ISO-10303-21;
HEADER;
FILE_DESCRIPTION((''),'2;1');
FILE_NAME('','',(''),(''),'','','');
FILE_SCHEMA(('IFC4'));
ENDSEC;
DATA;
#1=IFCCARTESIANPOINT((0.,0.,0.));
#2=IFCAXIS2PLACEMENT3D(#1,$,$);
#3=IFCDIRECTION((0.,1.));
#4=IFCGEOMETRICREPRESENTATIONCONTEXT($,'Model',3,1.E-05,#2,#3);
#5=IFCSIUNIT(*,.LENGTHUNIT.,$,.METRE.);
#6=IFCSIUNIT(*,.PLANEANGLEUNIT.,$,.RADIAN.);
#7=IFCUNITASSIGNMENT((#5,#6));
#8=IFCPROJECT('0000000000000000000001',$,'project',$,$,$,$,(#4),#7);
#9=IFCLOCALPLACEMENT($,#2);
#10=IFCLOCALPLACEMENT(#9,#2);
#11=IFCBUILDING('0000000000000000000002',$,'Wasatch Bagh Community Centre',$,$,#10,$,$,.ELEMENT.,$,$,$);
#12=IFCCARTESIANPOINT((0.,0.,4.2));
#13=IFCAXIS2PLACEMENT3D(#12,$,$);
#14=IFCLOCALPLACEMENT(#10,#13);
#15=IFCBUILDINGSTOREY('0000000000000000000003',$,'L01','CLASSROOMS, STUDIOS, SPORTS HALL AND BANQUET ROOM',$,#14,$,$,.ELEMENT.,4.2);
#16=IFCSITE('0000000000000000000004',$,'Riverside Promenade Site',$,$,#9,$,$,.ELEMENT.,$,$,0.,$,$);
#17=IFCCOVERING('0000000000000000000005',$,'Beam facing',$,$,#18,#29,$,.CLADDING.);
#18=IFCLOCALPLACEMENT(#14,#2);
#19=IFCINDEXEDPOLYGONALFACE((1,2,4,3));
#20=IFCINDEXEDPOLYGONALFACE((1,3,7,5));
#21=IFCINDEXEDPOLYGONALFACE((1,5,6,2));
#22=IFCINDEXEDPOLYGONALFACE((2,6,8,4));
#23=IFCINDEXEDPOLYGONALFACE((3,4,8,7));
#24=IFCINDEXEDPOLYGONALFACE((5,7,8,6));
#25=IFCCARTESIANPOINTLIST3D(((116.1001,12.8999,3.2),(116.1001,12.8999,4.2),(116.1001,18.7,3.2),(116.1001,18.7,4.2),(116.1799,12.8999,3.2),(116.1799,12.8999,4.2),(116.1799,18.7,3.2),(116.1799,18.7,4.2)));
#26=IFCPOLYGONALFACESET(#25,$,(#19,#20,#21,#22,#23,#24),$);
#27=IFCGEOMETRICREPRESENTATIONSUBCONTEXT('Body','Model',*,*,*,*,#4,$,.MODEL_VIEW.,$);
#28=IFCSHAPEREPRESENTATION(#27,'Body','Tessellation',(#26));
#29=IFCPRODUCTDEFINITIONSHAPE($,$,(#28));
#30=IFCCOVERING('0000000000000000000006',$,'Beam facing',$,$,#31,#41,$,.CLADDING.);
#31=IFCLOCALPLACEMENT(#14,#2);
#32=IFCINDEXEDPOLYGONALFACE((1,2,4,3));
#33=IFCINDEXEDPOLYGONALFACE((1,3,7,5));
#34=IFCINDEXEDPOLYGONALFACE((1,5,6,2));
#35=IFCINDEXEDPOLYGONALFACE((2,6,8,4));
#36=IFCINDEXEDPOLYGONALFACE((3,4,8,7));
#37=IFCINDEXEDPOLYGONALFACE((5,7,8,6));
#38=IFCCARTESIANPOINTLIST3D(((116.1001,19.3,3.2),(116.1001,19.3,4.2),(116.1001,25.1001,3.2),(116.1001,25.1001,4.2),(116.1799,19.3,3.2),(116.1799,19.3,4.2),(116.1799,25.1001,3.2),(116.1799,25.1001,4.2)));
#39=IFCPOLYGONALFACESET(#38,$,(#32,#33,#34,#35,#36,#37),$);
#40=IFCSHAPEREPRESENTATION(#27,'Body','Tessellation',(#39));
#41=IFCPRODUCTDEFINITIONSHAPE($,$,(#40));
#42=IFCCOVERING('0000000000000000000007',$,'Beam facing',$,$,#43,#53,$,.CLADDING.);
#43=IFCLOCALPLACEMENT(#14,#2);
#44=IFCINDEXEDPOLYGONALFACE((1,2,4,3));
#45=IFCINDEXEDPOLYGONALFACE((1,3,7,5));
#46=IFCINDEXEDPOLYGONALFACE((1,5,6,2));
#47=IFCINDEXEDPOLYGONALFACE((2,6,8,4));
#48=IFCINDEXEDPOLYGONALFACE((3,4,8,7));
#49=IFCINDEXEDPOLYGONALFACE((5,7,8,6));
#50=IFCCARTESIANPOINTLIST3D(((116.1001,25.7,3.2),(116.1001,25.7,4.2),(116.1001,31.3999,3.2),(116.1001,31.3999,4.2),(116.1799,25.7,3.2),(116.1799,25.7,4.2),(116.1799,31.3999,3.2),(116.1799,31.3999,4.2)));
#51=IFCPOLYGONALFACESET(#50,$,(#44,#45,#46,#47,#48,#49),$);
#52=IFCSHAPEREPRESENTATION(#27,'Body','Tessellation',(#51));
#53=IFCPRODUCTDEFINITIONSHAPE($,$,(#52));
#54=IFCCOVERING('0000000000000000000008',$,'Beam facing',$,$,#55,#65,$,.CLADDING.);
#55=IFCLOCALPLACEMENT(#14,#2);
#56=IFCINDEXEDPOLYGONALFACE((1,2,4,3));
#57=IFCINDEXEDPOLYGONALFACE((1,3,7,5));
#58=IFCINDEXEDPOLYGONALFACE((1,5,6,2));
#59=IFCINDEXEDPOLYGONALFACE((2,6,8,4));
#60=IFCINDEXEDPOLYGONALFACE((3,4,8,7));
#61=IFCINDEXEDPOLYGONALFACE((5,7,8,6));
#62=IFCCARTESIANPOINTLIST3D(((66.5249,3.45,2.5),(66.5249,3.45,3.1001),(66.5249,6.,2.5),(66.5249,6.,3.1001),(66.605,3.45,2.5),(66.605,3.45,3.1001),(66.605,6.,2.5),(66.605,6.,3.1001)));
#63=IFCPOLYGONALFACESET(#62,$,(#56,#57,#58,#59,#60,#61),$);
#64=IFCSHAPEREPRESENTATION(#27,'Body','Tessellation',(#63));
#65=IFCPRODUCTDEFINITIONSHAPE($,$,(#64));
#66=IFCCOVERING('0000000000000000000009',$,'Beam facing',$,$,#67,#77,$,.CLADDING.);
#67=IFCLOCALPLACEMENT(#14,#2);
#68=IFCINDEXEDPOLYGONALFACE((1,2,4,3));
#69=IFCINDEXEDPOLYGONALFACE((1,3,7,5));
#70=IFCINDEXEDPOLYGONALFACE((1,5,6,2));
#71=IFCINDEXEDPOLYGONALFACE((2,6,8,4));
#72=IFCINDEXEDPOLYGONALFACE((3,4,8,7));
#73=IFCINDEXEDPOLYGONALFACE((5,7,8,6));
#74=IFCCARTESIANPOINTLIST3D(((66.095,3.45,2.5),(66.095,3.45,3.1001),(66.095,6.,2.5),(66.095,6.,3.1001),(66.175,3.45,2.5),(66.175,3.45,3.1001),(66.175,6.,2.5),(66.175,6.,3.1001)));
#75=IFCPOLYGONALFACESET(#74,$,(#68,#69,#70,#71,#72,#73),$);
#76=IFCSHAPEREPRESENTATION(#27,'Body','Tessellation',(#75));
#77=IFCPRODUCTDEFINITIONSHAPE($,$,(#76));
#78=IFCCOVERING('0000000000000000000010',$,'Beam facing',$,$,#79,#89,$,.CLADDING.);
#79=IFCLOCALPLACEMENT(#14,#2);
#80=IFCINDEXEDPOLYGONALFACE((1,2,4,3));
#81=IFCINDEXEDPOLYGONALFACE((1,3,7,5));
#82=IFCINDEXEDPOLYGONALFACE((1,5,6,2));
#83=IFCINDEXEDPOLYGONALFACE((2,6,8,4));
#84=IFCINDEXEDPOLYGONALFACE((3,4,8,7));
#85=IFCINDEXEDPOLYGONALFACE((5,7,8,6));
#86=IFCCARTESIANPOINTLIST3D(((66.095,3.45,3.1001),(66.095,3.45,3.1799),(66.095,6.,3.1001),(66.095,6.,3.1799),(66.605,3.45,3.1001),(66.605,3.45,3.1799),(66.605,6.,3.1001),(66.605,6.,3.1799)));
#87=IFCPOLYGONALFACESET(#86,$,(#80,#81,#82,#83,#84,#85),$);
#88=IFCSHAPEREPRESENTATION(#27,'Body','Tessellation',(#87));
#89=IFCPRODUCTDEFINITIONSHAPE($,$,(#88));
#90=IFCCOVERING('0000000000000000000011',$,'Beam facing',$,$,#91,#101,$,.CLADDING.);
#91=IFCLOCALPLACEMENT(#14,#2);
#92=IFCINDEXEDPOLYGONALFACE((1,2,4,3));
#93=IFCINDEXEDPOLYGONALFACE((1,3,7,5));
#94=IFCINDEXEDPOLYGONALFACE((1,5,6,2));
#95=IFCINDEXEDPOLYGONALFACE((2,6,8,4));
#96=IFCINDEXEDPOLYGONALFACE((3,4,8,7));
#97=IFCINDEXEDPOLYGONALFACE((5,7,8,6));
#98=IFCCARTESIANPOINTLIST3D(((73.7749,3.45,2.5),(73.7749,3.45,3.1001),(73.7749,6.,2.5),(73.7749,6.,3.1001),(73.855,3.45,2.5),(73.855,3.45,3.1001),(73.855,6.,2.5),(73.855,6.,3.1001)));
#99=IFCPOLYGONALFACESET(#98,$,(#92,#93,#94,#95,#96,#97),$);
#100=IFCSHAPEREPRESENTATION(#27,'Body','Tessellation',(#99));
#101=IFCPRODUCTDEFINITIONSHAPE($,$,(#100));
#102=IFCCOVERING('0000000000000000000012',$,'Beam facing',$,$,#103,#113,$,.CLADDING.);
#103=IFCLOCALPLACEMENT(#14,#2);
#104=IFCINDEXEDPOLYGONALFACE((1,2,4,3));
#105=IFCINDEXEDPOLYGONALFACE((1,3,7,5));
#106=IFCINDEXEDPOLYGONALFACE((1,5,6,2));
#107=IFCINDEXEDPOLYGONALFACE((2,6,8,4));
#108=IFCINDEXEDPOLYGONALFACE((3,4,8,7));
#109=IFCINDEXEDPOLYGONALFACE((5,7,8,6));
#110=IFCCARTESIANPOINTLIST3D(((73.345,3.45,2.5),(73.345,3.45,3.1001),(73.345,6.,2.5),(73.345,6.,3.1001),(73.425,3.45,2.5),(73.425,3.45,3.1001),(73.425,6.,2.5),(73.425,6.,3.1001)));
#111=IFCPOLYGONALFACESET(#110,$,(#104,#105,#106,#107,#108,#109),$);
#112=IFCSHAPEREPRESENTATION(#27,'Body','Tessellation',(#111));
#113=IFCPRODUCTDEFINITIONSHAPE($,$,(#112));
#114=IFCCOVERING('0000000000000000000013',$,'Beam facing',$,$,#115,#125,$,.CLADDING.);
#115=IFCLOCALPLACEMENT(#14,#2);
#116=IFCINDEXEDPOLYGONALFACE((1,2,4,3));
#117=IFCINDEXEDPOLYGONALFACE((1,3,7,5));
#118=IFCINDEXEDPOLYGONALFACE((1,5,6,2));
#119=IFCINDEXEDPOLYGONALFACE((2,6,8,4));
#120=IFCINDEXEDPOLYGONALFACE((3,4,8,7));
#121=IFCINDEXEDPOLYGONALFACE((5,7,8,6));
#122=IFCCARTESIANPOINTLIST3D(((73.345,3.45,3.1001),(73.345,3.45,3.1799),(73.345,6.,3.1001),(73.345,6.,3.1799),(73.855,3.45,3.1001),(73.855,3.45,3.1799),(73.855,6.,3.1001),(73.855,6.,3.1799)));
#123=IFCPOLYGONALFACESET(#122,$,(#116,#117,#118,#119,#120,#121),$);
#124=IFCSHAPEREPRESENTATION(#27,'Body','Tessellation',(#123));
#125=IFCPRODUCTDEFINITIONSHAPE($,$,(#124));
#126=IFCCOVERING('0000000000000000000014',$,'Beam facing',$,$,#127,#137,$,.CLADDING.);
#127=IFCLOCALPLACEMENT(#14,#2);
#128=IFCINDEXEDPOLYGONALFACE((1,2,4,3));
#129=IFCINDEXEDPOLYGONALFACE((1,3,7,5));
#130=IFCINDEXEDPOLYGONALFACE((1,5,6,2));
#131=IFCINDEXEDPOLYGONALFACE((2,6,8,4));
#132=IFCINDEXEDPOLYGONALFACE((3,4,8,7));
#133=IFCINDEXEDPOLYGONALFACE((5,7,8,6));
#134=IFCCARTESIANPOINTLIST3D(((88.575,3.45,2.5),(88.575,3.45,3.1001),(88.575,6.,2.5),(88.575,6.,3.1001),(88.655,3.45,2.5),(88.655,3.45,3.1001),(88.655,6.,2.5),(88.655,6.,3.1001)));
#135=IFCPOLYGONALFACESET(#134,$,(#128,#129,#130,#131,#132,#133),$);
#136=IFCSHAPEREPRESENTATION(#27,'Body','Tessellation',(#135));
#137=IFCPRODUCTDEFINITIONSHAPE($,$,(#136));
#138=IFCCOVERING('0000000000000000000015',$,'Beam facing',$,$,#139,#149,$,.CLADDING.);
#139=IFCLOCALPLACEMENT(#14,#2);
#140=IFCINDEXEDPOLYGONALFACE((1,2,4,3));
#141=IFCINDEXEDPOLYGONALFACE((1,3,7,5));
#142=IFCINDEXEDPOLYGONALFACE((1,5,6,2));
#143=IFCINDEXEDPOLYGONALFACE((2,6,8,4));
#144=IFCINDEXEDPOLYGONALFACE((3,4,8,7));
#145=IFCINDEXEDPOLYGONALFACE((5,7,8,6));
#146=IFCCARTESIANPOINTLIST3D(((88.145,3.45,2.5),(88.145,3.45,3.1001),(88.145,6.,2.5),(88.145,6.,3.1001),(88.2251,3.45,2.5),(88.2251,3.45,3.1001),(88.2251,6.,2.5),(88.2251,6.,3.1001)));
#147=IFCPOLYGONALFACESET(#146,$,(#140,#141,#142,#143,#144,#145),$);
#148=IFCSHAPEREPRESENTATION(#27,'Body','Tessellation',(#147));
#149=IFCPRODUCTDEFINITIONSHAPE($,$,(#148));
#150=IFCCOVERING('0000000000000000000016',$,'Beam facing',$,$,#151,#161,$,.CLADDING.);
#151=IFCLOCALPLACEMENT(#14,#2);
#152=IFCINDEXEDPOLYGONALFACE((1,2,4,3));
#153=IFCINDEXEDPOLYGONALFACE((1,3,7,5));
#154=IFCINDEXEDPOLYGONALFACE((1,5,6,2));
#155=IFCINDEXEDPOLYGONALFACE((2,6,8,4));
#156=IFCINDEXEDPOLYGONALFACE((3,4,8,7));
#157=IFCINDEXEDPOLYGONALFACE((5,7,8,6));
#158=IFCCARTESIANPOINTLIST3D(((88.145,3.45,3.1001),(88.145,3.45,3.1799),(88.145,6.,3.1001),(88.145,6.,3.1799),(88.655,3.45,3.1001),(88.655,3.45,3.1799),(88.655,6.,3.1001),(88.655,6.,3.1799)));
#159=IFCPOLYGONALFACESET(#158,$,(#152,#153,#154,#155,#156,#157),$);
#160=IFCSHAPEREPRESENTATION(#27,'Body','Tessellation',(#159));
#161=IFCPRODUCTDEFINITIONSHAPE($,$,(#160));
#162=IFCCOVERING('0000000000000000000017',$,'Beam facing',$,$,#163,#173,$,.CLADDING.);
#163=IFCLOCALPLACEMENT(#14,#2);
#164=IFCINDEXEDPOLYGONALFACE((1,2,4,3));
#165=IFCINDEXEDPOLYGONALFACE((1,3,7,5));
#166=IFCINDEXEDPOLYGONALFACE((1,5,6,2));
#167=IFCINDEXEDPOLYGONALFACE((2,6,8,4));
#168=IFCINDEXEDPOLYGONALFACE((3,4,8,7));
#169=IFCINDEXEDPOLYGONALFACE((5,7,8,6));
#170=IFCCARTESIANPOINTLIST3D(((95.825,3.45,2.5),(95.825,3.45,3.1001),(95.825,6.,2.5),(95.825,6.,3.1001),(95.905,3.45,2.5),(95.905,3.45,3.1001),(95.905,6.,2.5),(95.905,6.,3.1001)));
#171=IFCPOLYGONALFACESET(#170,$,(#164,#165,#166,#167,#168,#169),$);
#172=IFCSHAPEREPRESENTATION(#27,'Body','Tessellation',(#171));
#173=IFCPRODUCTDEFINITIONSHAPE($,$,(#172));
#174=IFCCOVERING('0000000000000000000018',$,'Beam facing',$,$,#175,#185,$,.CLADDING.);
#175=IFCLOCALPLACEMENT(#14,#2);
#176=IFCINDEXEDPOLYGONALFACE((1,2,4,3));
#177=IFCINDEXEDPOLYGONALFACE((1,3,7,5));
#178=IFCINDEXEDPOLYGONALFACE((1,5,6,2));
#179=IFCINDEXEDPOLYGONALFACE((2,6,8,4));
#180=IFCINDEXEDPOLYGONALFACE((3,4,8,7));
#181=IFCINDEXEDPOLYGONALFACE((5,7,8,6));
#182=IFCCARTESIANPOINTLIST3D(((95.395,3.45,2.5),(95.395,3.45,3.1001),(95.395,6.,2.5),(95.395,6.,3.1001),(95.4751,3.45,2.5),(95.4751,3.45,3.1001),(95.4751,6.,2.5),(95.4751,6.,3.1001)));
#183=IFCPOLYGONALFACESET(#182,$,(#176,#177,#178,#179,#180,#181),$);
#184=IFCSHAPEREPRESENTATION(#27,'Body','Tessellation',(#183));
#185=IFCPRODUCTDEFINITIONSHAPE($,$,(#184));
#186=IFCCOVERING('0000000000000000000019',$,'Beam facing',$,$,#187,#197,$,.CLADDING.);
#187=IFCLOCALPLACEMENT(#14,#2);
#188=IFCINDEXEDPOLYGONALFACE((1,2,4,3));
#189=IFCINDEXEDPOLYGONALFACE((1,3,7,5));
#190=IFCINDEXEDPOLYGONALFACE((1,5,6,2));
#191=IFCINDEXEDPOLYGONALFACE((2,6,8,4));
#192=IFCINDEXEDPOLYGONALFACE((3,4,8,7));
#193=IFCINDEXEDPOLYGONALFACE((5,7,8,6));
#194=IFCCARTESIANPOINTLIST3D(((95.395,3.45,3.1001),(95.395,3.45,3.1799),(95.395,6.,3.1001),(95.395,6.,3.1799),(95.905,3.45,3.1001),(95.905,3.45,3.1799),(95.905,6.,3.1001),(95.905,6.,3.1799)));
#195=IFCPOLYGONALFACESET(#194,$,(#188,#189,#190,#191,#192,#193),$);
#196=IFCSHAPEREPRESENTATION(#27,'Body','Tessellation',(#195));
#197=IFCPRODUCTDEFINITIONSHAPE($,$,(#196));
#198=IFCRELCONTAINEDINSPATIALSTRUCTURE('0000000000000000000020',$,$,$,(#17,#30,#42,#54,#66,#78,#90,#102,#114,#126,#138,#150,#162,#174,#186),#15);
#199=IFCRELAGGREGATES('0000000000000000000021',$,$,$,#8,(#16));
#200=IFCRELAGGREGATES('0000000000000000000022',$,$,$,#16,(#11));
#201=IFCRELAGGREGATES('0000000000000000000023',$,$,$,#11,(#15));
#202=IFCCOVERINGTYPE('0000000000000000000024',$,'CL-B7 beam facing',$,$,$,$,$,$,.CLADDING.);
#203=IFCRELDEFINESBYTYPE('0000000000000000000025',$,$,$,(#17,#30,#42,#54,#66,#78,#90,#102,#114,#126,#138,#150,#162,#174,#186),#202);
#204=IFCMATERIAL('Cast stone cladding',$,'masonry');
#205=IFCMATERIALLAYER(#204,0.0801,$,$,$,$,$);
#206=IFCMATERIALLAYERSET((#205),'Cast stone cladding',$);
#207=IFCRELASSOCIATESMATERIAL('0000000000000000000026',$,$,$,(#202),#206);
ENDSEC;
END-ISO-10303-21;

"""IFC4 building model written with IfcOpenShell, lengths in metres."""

from ifc_helpers import new_model, si_unit, direction, frame, origin, place, context, subcontext, project, spatial, polyline, outline, extrude, material, layer, layer_set, type_object, element, save


model = new_model("IFC4")

# Units and contexts
model_context = context("Model", 3, precision=1e-05, world=origin(), true_north=direction((0.0, 1.0)))
body_context = subcontext(model_context, "Body", "Model", "MODEL_VIEW")
ifc_project = project(units=[si_unit("LENGTHUNIT", "METRE"), si_unit("PLANEANGLEUNIT", "RADIAN")], contexts=[model_context])

# Site, building, storey
site_placement = place(None, origin())
site = spatial("IfcSite", under=ifc_project, at=site_placement, Name="Riverside Promenade Site", CompositionType="ELEMENT", RefElevation=0.0)
building_placement = place(site_placement, origin())
building = spatial("IfcBuilding", under=site, at=building_placement, Name="Wasatch Bagh Community Centre", CompositionType="ELEMENT")
storey_placement = place(building_placement, frame((0.0, 0.0, 4.2)))
storey = spatial("IfcBuildingStorey", under=building, at=storey_placement, Name="L01", Description="CLASSROOMS, STUDIOS, SPORTS HALL AND BANQUET ROOM", CompositionType="ELEMENT", Elevation=4.2)

# Coverings
ifc_material = material(Name="Cast stone cladding", Category="masonry")
ifc_layer = layer(ifc_material, 0.0801)
ifc_layer_set = layer_set([ifc_layer], Name="Cast stone cladding")
covering_type = type_object("IfcCoveringType", Name="CL-B7 beam facing", PredefinedType="CLADDING", material=ifc_layer_set)
covering_1_placement = place(storey_placement, frame((0.0, 0.0, 3.2)))
element("IfcCovering", 1, at=covering_1_placement, inside=storey, type_object=covering_type, Name="Beam facing", PredefinedType="CLADDING", context=body_context, shape_type="SweptSolid", body=[
    extrude(outline(polyline([(116.1001, 12.8999), (116.1001, 18.7), (116.1799, 18.7), (116.1799, 12.8999), (116.1001, 12.8999)])), origin(), (0.0, 0.0, 1.0), 1.0),
])
covering_2_placement = place(storey_placement, frame((0.0, 0.0, 3.2)))
element("IfcCovering", 2, at=covering_2_placement, inside=storey, type_object=covering_type, Name="Beam facing", PredefinedType="CLADDING", context=body_context, shape_type="SweptSolid", body=[
    extrude(outline(polyline([(116.1001, 19.3), (116.1001, 25.1001), (116.1799, 25.1001), (116.1799, 19.3), (116.1001, 19.3)])), origin(), (0.0, 0.0, 1.0), 1.0),
])
covering_3_placement = place(storey_placement, frame((0.0, 0.0, 3.2)))
element("IfcCovering", 3, at=covering_3_placement, inside=storey, type_object=covering_type, Name="Beam facing", PredefinedType="CLADDING", context=body_context, shape_type="SweptSolid", body=[
    extrude(outline(polyline([(116.1001, 25.7), (116.1001, 31.3999), (116.1799, 31.3999), (116.1799, 25.7), (116.1001, 25.7)])), origin(), (0.0, 0.0, 1.0), 1.0),
])
covering_4_placement = place(storey_placement, frame((0.0, 0.0, 2.5)))
element("IfcCovering", 4, at=covering_4_placement, inside=storey, type_object=covering_type, Name="Beam facing", PredefinedType="CLADDING", context=body_context, shape_type="SweptSolid", body=[
    extrude(outline(polyline([(66.5249, 6.0), (66.5249, 3.45), (66.605, 3.45), (66.605, 6.0), (66.5249, 6.0)])), origin(), (0.0, 0.0, 1.0), 0.6001),
])
covering_5_placement = place(storey_placement, frame((0.0, 0.0, 2.5)))
element("IfcCovering", 5, at=covering_5_placement, inside=storey, type_object=covering_type, Name="Beam facing", PredefinedType="CLADDING", context=body_context, shape_type="SweptSolid", body=[
    extrude(outline(polyline([(66.175, 6.0), (66.175, 3.45), (66.095, 3.45), (66.095, 6.0), (66.175, 6.0)])), origin(), (0.0, 0.0, 1.0), 0.6001),
])
covering_6_placement = place(storey_placement, frame((0.0, 0.0, 3.1001)))
element("IfcCovering", 6, at=covering_6_placement, inside=storey, type_object=covering_type, Name="Beam facing", PredefinedType="CLADDING", context=body_context, shape_type="SweptSolid", body=[
    extrude(outline(polyline([(66.095, 6.0), (66.095, 3.45), (66.605, 3.45), (66.605, 6.0), (66.095, 6.0)])), origin(), (0.0, 0.0, 1.0), 0.0798),
])
covering_7_placement = place(storey_placement, frame((0.0, 0.0, 2.5)))
element("IfcCovering", 7, at=covering_7_placement, inside=storey, type_object=covering_type, Name="Beam facing", PredefinedType="CLADDING", context=body_context, shape_type="SweptSolid", body=[
    extrude(outline(polyline([(73.7749, 6.0), (73.7749, 3.45), (73.855, 3.45), (73.855, 6.0), (73.7749, 6.0)])), origin(), (0.0, 0.0, 1.0), 0.6001),
])
covering_8_placement = place(storey_placement, frame((0.0, 0.0, 2.5)))
element("IfcCovering", 8, at=covering_8_placement, inside=storey, type_object=covering_type, Name="Beam facing", PredefinedType="CLADDING", context=body_context, shape_type="SweptSolid", body=[
    extrude(outline(polyline([(73.425, 6.0), (73.425, 3.45), (73.345, 3.45), (73.345, 6.0), (73.425, 6.0)])), origin(), (0.0, 0.0, 1.0), 0.6001),
])
covering_9_placement = place(storey_placement, frame((0.0, 0.0, 3.1001)))
element("IfcCovering", 9, at=covering_9_placement, inside=storey, type_object=covering_type, Name="Beam facing", PredefinedType="CLADDING", context=body_context, shape_type="SweptSolid", body=[
    extrude(outline(polyline([(73.345, 6.0), (73.345, 3.45), (73.855, 3.45), (73.855, 6.0), (73.345, 6.0)])), origin(), (0.0, 0.0, 1.0), 0.0798),
])
covering_10_placement = place(storey_placement, frame((0.0, 0.0, 2.5)))
element("IfcCovering", 10, at=covering_10_placement, inside=storey, type_object=covering_type, Name="Beam facing", PredefinedType="CLADDING", context=body_context, shape_type="SweptSolid", body=[
    extrude(outline(polyline([(88.575, 6.0), (88.575, 3.45), (88.655, 3.45), (88.655, 6.0), (88.575, 6.0)])), origin(), (0.0, 0.0, 1.0), 0.6001),
])
covering_11_placement = place(storey_placement, frame((0.0, 0.0, 2.5)))
element("IfcCovering", 11, at=covering_11_placement, inside=storey, type_object=covering_type, Name="Beam facing", PredefinedType="CLADDING", context=body_context, shape_type="SweptSolid", body=[
    extrude(outline(polyline([(88.2251, 6.0), (88.2251, 3.45), (88.145, 3.45), (88.145, 6.0), (88.2251, 6.0)])), origin(), (0.0, 0.0, 1.0), 0.6001),
])
covering_12_placement = place(storey_placement, frame((0.0, 0.0, 3.1001)))
element("IfcCovering", 12, at=covering_12_placement, inside=storey, type_object=covering_type, Name="Beam facing", PredefinedType="CLADDING", context=body_context, shape_type="SweptSolid", body=[
    extrude(outline(polyline([(88.145, 6.0), (88.145, 3.45), (88.655, 3.45), (88.655, 6.0), (88.145, 6.0)])), origin(), (0.0, 0.0, 1.0), 0.0798),
])
covering_13_placement = place(storey_placement, frame((0.0, 0.0, 2.5)))
element("IfcCovering", 13, at=covering_13_placement, inside=storey, type_object=covering_type, Name="Beam facing", PredefinedType="CLADDING", context=body_context, shape_type="SweptSolid", body=[
    extrude(outline(polyline([(95.825, 6.0), (95.825, 3.45), (95.905, 3.45), (95.905, 6.0), (95.825, 6.0)])), origin(), (0.0, 0.0, 1.0), 0.6001),
])
covering_14_placement = place(storey_placement, frame((0.0, 0.0, 2.5)))
element("IfcCovering", 14, at=covering_14_placement, inside=storey, type_object=covering_type, Name="Beam facing", PredefinedType="CLADDING", context=body_context, shape_type="SweptSolid", body=[
    extrude(outline(polyline([(95.4751, 6.0), (95.4751, 3.45), (95.395, 3.45), (95.395, 6.0), (95.4751, 6.0)])), origin(), (0.0, 0.0, 1.0), 0.6001),
])
covering_15_placement = place(storey_placement, frame((0.0, 0.0, 3.1001)))
element("IfcCovering", 15, at=covering_15_placement, inside=storey, type_object=covering_type, Name="Beam facing", PredefinedType="CLADDING", context=body_context, shape_type="SweptSolid", body=[
    extrude(outline(polyline([(95.395, 6.0), (95.395, 3.45), (95.905, 3.45), (95.905, 6.0), (95.395, 6.0)])), origin(), (0.0, 0.0, 1.0), 0.0798),
])

save(model, "model.ifc")
